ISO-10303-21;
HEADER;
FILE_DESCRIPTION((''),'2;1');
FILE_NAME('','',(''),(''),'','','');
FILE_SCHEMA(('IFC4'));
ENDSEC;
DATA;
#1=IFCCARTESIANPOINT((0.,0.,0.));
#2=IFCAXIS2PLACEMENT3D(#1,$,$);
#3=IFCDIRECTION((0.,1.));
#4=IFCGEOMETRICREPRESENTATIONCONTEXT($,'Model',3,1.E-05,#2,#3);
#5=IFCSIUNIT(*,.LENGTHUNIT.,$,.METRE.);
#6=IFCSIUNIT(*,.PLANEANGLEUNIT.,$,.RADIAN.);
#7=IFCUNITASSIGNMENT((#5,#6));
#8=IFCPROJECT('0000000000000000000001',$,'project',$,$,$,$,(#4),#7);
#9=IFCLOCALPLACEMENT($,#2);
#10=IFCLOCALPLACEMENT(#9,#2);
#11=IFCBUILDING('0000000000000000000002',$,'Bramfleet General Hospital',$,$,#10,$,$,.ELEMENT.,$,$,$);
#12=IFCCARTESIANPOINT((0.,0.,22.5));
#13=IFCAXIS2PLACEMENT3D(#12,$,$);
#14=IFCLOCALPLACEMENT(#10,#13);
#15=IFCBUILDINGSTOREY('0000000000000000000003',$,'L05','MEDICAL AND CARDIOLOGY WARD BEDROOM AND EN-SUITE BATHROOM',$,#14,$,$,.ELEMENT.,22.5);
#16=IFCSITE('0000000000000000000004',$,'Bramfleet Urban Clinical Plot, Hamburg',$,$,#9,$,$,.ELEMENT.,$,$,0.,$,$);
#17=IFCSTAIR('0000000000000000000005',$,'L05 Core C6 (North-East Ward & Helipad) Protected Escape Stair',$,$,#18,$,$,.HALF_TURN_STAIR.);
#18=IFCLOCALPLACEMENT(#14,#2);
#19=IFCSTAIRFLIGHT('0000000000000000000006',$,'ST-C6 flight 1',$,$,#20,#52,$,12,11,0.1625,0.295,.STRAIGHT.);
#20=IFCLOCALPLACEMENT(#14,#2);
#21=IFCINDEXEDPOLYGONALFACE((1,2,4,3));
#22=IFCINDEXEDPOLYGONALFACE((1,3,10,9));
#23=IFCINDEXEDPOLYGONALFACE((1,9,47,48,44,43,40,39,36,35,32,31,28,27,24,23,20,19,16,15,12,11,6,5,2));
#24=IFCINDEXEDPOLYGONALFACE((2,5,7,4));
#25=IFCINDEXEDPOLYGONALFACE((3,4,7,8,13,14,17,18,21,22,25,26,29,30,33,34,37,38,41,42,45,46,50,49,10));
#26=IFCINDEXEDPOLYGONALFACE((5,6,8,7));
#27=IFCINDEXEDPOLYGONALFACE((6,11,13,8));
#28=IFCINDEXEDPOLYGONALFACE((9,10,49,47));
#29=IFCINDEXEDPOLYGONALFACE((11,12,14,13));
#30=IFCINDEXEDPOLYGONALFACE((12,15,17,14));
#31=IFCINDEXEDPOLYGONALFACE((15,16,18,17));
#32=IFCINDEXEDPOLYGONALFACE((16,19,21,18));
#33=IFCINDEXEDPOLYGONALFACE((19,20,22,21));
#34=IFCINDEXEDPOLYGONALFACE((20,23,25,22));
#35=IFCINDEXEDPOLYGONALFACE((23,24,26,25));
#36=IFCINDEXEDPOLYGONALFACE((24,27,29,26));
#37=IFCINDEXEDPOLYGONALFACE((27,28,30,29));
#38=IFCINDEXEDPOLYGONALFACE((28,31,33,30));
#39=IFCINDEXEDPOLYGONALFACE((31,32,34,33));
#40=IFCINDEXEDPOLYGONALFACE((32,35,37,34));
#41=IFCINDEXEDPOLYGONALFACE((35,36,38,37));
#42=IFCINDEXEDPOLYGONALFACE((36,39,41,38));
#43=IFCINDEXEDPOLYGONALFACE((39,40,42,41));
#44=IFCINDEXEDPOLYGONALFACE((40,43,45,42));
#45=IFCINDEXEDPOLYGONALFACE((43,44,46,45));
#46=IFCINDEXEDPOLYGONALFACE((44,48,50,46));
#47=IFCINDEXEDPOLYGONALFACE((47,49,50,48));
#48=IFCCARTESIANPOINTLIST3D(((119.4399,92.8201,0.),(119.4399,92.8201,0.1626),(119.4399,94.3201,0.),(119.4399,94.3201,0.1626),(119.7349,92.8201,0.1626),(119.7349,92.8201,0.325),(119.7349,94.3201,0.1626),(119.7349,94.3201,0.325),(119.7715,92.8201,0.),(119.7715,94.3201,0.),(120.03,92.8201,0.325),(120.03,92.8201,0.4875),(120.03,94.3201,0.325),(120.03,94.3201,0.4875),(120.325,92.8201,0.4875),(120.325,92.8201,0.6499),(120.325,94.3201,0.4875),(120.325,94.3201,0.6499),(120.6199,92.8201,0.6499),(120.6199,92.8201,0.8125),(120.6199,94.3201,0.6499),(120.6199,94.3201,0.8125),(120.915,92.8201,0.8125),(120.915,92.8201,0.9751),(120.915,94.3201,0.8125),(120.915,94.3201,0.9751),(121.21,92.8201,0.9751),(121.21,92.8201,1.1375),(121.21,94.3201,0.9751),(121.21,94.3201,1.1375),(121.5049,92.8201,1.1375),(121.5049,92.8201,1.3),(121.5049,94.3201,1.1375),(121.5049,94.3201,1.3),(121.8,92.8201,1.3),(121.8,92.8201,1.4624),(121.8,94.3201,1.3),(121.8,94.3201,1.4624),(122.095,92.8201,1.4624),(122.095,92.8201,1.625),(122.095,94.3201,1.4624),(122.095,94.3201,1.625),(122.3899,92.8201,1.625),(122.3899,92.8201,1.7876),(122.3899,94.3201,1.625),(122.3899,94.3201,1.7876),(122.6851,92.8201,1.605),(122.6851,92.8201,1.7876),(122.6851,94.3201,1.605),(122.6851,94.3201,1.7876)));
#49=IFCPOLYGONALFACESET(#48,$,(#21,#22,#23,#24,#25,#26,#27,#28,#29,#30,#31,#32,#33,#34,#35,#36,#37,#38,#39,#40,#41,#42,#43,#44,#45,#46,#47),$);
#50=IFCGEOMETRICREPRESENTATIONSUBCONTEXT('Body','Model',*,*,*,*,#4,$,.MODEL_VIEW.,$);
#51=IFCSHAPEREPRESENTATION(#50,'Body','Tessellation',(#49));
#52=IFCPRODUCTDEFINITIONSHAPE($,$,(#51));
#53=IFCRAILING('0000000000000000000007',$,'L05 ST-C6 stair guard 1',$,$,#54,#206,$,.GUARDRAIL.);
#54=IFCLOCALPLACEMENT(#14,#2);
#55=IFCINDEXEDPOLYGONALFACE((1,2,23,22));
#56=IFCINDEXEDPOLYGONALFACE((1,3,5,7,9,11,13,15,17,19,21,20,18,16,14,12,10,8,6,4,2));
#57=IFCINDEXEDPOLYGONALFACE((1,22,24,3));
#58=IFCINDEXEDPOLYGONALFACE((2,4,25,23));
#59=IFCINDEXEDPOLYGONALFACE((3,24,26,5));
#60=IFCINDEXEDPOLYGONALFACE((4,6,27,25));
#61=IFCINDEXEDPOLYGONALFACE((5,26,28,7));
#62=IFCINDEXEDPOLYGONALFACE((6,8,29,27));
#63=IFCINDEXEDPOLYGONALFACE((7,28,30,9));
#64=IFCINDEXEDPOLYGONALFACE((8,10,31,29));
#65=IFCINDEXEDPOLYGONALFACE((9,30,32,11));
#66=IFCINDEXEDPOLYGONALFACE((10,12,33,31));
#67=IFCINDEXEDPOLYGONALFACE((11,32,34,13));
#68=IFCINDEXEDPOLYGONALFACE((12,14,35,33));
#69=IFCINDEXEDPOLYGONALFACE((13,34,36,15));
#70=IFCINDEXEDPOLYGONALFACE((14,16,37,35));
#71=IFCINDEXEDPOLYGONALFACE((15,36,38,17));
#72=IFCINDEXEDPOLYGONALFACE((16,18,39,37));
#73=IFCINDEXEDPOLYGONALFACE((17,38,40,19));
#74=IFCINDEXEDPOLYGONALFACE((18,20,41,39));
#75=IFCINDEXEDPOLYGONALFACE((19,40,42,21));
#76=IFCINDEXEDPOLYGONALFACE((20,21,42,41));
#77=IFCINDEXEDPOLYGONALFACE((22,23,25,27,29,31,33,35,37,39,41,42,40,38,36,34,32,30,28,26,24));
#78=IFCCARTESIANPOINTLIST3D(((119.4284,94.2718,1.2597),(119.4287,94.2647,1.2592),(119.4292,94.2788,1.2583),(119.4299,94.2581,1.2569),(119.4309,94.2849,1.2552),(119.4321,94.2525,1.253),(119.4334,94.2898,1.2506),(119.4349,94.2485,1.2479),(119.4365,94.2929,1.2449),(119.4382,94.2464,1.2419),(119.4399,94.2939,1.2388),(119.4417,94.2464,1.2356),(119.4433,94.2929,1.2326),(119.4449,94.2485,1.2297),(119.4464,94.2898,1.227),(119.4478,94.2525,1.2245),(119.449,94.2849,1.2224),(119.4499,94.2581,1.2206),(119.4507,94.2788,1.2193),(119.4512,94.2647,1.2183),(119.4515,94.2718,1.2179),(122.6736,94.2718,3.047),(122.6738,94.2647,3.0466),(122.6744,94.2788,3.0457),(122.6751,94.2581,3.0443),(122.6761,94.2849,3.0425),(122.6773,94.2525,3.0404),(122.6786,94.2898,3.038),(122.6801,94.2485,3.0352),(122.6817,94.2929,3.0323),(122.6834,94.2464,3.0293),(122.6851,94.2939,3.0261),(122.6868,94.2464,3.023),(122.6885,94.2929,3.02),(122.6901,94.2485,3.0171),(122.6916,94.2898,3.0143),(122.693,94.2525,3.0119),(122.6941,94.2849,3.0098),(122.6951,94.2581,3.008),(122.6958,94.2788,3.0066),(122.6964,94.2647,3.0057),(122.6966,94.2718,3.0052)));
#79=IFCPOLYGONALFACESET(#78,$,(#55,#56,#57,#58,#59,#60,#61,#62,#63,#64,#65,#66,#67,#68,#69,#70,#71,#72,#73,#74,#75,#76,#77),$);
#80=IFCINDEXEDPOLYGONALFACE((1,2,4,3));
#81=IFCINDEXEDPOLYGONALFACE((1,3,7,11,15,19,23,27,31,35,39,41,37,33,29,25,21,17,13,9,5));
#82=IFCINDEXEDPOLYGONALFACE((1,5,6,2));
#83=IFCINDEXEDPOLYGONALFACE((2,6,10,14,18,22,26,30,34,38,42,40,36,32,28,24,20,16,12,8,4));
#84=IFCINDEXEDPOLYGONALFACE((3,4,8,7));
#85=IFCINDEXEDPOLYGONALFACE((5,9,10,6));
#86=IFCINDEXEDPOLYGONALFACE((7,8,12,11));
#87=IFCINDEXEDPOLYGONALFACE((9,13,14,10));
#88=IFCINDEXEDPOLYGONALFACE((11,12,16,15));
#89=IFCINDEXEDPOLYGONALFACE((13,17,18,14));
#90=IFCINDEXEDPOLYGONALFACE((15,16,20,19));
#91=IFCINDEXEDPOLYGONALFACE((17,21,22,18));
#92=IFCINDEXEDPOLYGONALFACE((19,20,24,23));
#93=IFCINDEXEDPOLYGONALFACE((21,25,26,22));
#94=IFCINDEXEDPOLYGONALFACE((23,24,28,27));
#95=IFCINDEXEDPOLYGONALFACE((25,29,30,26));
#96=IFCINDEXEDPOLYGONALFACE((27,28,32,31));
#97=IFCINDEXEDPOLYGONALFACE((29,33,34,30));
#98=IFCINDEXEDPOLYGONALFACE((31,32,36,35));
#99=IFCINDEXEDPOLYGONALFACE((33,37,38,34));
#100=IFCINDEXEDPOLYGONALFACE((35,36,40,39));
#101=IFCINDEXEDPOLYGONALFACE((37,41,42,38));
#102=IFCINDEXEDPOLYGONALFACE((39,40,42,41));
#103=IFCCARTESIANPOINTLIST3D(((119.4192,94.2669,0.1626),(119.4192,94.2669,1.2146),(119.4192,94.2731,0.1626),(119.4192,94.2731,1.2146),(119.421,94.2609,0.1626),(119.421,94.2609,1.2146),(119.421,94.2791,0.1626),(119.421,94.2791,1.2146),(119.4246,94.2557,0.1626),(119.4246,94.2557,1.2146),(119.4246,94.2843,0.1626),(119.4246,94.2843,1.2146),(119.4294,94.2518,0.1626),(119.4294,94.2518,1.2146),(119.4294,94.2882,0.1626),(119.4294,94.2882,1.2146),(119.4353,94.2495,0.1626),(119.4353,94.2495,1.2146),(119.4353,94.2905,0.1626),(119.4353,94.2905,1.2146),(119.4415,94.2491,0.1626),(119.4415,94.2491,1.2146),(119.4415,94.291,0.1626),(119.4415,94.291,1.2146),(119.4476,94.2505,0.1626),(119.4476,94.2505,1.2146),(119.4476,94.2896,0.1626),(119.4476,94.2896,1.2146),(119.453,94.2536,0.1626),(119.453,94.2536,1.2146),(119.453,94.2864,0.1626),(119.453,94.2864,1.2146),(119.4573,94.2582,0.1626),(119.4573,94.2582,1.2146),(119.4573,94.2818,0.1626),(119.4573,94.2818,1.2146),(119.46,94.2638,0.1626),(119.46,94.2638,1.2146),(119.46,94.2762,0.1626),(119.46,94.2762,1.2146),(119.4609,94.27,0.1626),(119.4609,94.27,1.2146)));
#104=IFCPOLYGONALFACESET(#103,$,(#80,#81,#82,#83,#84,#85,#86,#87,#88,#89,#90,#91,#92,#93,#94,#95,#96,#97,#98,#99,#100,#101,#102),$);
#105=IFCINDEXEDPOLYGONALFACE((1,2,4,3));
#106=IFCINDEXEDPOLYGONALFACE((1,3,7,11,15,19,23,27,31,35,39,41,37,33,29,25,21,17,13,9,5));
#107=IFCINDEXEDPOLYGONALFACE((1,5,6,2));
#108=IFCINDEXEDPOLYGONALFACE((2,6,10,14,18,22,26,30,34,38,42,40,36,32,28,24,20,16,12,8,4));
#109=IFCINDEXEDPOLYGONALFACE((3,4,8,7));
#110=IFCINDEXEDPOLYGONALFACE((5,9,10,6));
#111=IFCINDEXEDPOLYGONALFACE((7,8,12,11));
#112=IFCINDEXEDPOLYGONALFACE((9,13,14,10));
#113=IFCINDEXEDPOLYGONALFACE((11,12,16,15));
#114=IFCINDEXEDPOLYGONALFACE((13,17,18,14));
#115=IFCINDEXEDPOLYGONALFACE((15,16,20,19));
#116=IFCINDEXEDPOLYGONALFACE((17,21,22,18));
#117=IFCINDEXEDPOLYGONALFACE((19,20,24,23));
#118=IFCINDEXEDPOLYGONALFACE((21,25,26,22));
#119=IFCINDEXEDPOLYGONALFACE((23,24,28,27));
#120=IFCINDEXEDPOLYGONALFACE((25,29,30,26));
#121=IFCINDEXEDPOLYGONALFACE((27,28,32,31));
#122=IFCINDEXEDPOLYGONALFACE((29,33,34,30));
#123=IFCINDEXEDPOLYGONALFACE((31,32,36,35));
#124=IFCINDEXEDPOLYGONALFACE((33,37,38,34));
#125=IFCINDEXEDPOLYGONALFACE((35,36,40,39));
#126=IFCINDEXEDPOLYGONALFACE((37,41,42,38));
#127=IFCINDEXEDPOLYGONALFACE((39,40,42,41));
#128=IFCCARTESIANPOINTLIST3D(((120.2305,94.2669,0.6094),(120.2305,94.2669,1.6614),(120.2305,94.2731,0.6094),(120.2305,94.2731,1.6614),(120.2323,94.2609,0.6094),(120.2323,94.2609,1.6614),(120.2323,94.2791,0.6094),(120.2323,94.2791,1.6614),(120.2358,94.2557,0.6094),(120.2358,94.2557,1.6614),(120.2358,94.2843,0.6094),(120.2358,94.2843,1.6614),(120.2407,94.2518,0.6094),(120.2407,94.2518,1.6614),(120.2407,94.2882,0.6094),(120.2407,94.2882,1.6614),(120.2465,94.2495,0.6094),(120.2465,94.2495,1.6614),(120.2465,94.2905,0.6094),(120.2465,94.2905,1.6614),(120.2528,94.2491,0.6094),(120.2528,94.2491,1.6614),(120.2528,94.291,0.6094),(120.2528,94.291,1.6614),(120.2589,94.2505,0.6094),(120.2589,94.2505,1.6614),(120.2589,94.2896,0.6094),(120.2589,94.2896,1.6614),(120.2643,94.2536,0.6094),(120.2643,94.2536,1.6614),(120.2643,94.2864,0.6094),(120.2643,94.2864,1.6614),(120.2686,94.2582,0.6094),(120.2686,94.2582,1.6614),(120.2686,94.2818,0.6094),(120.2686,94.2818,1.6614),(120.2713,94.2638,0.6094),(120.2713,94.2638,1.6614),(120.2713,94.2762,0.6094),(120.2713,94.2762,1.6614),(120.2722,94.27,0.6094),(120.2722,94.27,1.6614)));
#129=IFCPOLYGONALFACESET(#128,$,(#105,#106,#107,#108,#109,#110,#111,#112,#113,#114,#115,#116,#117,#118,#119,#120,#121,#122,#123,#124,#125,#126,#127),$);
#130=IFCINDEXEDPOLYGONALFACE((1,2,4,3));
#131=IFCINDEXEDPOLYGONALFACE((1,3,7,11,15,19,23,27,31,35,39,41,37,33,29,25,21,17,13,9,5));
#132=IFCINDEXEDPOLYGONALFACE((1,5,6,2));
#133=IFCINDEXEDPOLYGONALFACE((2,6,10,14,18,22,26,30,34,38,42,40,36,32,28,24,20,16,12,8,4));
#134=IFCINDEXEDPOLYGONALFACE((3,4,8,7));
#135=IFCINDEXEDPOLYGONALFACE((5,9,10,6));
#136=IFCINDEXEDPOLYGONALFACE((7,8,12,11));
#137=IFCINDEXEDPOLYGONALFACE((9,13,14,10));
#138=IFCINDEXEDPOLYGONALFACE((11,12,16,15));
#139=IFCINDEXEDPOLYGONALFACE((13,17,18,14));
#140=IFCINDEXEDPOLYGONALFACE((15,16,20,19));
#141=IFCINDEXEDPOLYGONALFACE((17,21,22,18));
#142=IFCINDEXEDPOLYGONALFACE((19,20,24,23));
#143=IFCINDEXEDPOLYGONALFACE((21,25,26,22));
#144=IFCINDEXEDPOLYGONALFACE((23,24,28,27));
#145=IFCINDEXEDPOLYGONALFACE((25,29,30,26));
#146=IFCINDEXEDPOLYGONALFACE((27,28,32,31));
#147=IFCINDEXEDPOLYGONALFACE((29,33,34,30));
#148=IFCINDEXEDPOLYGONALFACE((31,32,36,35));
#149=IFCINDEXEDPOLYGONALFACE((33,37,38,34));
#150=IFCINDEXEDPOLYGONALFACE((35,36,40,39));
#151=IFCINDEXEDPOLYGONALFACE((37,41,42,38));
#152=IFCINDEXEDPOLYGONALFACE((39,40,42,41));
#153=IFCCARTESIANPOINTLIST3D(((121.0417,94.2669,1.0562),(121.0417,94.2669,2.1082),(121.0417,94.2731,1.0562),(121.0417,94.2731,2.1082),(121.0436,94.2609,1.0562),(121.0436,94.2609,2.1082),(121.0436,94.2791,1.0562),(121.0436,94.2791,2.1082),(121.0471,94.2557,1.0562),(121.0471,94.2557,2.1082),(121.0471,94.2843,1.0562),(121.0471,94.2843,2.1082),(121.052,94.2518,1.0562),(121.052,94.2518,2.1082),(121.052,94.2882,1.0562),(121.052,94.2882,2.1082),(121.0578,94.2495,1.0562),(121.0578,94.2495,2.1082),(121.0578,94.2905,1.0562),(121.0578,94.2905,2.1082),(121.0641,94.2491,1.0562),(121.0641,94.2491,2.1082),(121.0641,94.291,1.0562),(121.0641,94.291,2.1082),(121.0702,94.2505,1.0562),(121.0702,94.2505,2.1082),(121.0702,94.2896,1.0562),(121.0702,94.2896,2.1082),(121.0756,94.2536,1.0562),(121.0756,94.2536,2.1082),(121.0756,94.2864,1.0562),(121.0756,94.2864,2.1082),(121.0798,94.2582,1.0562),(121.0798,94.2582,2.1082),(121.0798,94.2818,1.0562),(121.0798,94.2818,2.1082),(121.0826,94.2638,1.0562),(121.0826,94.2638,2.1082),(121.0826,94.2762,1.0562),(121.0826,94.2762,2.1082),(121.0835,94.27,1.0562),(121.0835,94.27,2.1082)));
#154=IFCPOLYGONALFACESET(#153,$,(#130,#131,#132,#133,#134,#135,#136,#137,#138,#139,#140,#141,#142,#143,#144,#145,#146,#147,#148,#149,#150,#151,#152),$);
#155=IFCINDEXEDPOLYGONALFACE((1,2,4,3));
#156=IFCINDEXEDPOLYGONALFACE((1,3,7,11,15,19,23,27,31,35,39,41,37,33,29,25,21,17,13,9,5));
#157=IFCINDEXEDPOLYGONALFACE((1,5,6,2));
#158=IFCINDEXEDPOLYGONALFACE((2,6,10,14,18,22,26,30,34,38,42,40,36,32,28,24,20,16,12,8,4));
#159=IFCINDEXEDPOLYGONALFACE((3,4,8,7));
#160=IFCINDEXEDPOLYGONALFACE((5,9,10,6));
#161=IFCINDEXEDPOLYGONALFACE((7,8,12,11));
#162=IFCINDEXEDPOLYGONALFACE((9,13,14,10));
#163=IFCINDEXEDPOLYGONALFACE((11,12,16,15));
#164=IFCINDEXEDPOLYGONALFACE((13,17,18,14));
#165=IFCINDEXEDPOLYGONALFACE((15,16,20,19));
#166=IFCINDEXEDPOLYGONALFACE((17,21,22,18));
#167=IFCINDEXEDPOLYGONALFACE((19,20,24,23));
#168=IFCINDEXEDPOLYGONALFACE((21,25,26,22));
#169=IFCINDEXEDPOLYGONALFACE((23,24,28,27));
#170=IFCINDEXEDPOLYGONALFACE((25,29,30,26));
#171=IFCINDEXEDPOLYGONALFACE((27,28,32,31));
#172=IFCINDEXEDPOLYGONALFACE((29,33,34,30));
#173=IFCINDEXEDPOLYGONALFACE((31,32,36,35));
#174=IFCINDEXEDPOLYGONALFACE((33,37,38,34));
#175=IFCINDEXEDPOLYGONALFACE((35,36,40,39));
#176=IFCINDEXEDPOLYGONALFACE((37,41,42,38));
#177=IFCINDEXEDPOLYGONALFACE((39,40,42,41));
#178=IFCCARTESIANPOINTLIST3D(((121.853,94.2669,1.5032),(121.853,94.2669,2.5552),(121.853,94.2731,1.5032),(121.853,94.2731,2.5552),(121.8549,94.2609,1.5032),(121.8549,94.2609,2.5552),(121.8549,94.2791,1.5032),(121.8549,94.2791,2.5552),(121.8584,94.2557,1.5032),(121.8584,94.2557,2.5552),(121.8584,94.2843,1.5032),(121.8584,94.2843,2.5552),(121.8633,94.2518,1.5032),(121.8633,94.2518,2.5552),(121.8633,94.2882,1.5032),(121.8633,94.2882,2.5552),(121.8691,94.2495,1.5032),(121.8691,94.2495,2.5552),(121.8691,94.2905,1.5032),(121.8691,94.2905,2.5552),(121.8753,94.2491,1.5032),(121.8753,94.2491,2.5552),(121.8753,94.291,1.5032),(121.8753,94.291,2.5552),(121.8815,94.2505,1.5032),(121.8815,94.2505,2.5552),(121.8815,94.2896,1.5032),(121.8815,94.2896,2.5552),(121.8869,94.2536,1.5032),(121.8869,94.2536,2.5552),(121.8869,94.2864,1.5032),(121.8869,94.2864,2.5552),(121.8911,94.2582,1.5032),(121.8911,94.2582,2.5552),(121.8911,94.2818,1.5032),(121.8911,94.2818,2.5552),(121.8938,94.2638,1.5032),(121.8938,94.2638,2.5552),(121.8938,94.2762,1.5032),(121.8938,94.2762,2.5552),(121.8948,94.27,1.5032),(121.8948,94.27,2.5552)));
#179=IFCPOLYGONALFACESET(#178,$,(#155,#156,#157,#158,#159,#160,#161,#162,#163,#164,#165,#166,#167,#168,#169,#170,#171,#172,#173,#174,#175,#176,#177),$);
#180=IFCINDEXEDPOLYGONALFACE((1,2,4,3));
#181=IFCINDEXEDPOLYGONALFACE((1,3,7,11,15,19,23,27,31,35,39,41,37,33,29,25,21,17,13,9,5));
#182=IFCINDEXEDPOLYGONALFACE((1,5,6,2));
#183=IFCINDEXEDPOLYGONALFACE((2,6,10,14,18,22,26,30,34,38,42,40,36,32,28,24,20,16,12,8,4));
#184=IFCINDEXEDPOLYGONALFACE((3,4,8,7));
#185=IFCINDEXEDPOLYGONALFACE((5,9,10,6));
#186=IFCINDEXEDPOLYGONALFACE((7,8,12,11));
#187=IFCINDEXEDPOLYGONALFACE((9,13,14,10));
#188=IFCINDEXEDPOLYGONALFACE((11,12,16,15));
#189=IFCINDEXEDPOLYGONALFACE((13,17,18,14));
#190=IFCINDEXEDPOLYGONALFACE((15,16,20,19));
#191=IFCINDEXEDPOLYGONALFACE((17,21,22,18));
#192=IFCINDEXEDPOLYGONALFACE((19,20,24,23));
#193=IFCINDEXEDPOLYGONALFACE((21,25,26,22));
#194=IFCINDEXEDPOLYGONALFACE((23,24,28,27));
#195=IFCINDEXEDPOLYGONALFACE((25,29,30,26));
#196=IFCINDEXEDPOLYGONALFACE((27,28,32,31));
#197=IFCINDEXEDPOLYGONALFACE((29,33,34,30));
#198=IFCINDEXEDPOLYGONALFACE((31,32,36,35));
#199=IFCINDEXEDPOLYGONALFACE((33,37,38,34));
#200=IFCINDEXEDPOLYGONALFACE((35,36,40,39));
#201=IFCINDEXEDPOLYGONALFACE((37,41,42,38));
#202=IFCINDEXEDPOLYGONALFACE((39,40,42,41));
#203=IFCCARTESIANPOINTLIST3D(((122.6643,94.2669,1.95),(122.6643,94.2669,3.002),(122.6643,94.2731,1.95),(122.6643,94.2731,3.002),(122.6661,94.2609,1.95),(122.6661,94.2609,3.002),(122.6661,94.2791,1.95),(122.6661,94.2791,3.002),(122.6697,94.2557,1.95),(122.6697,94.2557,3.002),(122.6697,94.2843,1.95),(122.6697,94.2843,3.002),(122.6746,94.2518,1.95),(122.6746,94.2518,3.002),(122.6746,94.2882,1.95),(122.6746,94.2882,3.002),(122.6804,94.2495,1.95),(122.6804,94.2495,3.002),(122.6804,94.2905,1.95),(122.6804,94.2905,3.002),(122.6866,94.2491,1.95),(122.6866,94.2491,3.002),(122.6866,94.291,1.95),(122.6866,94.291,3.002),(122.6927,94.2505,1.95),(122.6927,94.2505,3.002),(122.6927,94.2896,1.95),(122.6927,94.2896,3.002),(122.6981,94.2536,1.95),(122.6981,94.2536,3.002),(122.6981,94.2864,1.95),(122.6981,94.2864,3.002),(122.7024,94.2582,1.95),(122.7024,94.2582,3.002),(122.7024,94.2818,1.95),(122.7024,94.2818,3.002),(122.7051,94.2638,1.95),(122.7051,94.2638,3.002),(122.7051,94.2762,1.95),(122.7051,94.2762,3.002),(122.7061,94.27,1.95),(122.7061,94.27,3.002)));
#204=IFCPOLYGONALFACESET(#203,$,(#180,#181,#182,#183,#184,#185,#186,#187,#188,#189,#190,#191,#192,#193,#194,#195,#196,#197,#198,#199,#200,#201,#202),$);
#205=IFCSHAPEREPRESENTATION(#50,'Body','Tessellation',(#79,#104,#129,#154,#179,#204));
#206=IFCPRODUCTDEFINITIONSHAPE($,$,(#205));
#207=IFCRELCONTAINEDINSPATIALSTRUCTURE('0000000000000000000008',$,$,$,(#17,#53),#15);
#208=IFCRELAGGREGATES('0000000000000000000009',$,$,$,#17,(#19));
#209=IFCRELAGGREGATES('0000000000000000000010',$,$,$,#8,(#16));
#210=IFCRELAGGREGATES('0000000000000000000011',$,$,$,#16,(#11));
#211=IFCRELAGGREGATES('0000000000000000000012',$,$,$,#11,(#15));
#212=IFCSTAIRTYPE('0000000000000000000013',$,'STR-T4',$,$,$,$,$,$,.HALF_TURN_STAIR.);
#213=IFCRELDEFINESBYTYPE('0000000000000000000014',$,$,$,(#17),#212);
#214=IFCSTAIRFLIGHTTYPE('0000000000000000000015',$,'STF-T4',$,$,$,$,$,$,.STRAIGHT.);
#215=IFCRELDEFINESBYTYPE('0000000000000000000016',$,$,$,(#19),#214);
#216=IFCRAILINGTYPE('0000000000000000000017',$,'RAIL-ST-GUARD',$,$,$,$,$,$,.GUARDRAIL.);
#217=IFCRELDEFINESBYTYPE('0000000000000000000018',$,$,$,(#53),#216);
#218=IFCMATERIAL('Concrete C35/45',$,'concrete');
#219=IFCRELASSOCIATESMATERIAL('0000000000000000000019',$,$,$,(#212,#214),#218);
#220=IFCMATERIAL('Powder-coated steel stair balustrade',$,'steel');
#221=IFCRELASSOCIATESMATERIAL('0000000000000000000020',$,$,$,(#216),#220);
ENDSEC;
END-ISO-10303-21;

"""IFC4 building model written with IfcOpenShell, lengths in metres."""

from ifc_helpers import new_model, si_unit, direction, frame, origin, origin_2d, place, context, subcontext, project, spatial, polyline, circle, outline, extrude, material, type_object, element, aggregate, save


model = new_model("IFC4")

# Units and contexts
model_context = context("Model", 3, precision=1e-05, world=origin(), true_north=direction((0.0, 1.0)))
body_context = subcontext(model_context, "Body", "Model", "MODEL_VIEW")
ifc_project = project(units=[si_unit("LENGTHUNIT", "METRE"), si_unit("PLANEANGLEUNIT", "RADIAN")], contexts=[model_context])

# Site, building, storey
site_placement = place(None, origin())
site = spatial("IfcSite", under=ifc_project, at=site_placement, Name="Bramfleet Urban Clinical Plot, Hamburg", CompositionType="ELEMENT", RefElevation=0.0)
building_placement = place(site_placement, origin())
building = spatial("IfcBuilding", under=site, at=building_placement, Name="Bramfleet General Hospital", CompositionType="ELEMENT")
storey_placement = place(building_placement, frame((0.0, 0.0, 22.5)))
storey = spatial("IfcBuildingStorey", under=building, at=storey_placement, Name="L05", Description="MEDICAL AND CARDIOLOGY WARD BEDROOM AND EN-SUITE BATHROOM", CompositionType="ELEMENT", Elevation=22.5)

# Shared definitions
ifc_material_1 = material(Name="Concrete C35/45", Category="concrete")

# Stair, stair flight
stair_type = type_object("IfcStairType", Name="STR-T4", PredefinedType="HALF_TURN_STAIR", material=ifc_material_1)
stair_placement = place(storey_placement, origin())
stair = element("IfcStair", 1, at=stair_placement, inside=storey, type_object=stair_type, Name="L05 Core C6 (North-East Ward & Helipad) Protected Escape Stair", PredefinedType="HALF_TURN_STAIR")
stair_flight_type = type_object("IfcStairFlightType", Name="STF-T4", PredefinedType="STRAIGHT", material=ifc_material_1)
stair_flight_placement = place(storey_placement, frame((119.4399, 93.5701, 0.0), z_axis=(0.0, 0.0, 1.0), x_axis=(1.0, 0.0, 0.0)))
stair_flight = element("IfcStairFlight", 2, at=stair_flight_placement, type_object=stair_flight_type, Name="ST-C6 flight 1", NumberOfRisers=12, NumberOfTreads=11, PredefinedType="STRAIGHT", RiserHeight=0.1625, TreadLength=0.295, context=body_context, shape_type="SweptSolid", body=[
    extrude(outline(polyline([(0.0, 0.0), (0.0, 0.1626), (0.2949, 0.1626), (0.2949, 0.325), (0.5901, 0.325), (0.5901, 0.4875), (0.885, 0.4875), (0.885, 0.6499), (1.1799, 0.6499), (1.1799, 0.8125), (1.4751, 0.8125), (1.4751, 0.9751), (1.77, 0.9751), (1.77, 1.1375), (2.0649, 1.1375), (2.0649, 1.3), (2.3601, 1.3), (2.3601, 1.4624), (2.655, 1.4624), (2.655, 1.625), (2.95, 1.625), (2.95, 1.7876), (3.2451, 1.7876), (3.2451, 1.95), (3.2451, 1.605), (0.3315, 0.0), (0.0, 0.0)])), frame((0.0, 0.75, 0.0), z_axis=(0.0, -1.0, 0.0), x_axis=(1.0, 0.0, 0.0)), (0.0, 0.0, 1.0), 1.5),
])
aggregate(stair, [stair_flight])

# Railing
ifc_material_2 = material(Name="Powder-coated steel stair balustrade", Category="steel")
railing_type_1 = type_object("IfcRailingType", Name="RAIL-ST-GUARD", PredefinedType="GUARDRAIL", material=ifc_material_2)
railing_1_placement = place(storey_placement, frame((119.4399, 94.27, 0.1626)))
element("IfcRailing", 3, at=railing_1_placement, inside=storey, type_object=railing_type_1, Name="L05 ST-C6 stair guard 1", PredefinedType="GUARDRAIL", context=body_context, shape_type="SweptSolid", body=[
    extrude(circle(Radius=0.0239, at=origin_2d()), frame((0.0, 0.0, 1.0762), z_axis=(0.875926, 0.0, 0.482445), x_axis=(0.0, 1.0, 0.0)), (0.0, 0.0, 1.0), 3.7048),
    extrude(circle(Radius=0.021, at=origin_2d()), origin(), (0.0, 0.0, 1.0), 1.052),
    extrude(circle(Radius=0.021, at=origin_2d()), frame((0.8113, 0.0, 0.4468)), (0.0, 0.0, 1.0), 1.052),
    extrude(circle(Radius=0.021, at=origin_2d()), frame((1.6226, 0.0, 0.8936)), (0.0, 0.0, 1.0), 1.052),
    extrude(circle(Radius=0.021, at=origin_2d()), frame((2.4338, 0.0, 1.3406)), (0.0, 0.0, 1.0), 1.052),
    extrude(circle(Radius=0.021, at=origin_2d()), frame((3.2451, 0.0, 1.7874)), (0.0, 0.0, 1.0), 1.052),
])

save(model, "model.ifc")
